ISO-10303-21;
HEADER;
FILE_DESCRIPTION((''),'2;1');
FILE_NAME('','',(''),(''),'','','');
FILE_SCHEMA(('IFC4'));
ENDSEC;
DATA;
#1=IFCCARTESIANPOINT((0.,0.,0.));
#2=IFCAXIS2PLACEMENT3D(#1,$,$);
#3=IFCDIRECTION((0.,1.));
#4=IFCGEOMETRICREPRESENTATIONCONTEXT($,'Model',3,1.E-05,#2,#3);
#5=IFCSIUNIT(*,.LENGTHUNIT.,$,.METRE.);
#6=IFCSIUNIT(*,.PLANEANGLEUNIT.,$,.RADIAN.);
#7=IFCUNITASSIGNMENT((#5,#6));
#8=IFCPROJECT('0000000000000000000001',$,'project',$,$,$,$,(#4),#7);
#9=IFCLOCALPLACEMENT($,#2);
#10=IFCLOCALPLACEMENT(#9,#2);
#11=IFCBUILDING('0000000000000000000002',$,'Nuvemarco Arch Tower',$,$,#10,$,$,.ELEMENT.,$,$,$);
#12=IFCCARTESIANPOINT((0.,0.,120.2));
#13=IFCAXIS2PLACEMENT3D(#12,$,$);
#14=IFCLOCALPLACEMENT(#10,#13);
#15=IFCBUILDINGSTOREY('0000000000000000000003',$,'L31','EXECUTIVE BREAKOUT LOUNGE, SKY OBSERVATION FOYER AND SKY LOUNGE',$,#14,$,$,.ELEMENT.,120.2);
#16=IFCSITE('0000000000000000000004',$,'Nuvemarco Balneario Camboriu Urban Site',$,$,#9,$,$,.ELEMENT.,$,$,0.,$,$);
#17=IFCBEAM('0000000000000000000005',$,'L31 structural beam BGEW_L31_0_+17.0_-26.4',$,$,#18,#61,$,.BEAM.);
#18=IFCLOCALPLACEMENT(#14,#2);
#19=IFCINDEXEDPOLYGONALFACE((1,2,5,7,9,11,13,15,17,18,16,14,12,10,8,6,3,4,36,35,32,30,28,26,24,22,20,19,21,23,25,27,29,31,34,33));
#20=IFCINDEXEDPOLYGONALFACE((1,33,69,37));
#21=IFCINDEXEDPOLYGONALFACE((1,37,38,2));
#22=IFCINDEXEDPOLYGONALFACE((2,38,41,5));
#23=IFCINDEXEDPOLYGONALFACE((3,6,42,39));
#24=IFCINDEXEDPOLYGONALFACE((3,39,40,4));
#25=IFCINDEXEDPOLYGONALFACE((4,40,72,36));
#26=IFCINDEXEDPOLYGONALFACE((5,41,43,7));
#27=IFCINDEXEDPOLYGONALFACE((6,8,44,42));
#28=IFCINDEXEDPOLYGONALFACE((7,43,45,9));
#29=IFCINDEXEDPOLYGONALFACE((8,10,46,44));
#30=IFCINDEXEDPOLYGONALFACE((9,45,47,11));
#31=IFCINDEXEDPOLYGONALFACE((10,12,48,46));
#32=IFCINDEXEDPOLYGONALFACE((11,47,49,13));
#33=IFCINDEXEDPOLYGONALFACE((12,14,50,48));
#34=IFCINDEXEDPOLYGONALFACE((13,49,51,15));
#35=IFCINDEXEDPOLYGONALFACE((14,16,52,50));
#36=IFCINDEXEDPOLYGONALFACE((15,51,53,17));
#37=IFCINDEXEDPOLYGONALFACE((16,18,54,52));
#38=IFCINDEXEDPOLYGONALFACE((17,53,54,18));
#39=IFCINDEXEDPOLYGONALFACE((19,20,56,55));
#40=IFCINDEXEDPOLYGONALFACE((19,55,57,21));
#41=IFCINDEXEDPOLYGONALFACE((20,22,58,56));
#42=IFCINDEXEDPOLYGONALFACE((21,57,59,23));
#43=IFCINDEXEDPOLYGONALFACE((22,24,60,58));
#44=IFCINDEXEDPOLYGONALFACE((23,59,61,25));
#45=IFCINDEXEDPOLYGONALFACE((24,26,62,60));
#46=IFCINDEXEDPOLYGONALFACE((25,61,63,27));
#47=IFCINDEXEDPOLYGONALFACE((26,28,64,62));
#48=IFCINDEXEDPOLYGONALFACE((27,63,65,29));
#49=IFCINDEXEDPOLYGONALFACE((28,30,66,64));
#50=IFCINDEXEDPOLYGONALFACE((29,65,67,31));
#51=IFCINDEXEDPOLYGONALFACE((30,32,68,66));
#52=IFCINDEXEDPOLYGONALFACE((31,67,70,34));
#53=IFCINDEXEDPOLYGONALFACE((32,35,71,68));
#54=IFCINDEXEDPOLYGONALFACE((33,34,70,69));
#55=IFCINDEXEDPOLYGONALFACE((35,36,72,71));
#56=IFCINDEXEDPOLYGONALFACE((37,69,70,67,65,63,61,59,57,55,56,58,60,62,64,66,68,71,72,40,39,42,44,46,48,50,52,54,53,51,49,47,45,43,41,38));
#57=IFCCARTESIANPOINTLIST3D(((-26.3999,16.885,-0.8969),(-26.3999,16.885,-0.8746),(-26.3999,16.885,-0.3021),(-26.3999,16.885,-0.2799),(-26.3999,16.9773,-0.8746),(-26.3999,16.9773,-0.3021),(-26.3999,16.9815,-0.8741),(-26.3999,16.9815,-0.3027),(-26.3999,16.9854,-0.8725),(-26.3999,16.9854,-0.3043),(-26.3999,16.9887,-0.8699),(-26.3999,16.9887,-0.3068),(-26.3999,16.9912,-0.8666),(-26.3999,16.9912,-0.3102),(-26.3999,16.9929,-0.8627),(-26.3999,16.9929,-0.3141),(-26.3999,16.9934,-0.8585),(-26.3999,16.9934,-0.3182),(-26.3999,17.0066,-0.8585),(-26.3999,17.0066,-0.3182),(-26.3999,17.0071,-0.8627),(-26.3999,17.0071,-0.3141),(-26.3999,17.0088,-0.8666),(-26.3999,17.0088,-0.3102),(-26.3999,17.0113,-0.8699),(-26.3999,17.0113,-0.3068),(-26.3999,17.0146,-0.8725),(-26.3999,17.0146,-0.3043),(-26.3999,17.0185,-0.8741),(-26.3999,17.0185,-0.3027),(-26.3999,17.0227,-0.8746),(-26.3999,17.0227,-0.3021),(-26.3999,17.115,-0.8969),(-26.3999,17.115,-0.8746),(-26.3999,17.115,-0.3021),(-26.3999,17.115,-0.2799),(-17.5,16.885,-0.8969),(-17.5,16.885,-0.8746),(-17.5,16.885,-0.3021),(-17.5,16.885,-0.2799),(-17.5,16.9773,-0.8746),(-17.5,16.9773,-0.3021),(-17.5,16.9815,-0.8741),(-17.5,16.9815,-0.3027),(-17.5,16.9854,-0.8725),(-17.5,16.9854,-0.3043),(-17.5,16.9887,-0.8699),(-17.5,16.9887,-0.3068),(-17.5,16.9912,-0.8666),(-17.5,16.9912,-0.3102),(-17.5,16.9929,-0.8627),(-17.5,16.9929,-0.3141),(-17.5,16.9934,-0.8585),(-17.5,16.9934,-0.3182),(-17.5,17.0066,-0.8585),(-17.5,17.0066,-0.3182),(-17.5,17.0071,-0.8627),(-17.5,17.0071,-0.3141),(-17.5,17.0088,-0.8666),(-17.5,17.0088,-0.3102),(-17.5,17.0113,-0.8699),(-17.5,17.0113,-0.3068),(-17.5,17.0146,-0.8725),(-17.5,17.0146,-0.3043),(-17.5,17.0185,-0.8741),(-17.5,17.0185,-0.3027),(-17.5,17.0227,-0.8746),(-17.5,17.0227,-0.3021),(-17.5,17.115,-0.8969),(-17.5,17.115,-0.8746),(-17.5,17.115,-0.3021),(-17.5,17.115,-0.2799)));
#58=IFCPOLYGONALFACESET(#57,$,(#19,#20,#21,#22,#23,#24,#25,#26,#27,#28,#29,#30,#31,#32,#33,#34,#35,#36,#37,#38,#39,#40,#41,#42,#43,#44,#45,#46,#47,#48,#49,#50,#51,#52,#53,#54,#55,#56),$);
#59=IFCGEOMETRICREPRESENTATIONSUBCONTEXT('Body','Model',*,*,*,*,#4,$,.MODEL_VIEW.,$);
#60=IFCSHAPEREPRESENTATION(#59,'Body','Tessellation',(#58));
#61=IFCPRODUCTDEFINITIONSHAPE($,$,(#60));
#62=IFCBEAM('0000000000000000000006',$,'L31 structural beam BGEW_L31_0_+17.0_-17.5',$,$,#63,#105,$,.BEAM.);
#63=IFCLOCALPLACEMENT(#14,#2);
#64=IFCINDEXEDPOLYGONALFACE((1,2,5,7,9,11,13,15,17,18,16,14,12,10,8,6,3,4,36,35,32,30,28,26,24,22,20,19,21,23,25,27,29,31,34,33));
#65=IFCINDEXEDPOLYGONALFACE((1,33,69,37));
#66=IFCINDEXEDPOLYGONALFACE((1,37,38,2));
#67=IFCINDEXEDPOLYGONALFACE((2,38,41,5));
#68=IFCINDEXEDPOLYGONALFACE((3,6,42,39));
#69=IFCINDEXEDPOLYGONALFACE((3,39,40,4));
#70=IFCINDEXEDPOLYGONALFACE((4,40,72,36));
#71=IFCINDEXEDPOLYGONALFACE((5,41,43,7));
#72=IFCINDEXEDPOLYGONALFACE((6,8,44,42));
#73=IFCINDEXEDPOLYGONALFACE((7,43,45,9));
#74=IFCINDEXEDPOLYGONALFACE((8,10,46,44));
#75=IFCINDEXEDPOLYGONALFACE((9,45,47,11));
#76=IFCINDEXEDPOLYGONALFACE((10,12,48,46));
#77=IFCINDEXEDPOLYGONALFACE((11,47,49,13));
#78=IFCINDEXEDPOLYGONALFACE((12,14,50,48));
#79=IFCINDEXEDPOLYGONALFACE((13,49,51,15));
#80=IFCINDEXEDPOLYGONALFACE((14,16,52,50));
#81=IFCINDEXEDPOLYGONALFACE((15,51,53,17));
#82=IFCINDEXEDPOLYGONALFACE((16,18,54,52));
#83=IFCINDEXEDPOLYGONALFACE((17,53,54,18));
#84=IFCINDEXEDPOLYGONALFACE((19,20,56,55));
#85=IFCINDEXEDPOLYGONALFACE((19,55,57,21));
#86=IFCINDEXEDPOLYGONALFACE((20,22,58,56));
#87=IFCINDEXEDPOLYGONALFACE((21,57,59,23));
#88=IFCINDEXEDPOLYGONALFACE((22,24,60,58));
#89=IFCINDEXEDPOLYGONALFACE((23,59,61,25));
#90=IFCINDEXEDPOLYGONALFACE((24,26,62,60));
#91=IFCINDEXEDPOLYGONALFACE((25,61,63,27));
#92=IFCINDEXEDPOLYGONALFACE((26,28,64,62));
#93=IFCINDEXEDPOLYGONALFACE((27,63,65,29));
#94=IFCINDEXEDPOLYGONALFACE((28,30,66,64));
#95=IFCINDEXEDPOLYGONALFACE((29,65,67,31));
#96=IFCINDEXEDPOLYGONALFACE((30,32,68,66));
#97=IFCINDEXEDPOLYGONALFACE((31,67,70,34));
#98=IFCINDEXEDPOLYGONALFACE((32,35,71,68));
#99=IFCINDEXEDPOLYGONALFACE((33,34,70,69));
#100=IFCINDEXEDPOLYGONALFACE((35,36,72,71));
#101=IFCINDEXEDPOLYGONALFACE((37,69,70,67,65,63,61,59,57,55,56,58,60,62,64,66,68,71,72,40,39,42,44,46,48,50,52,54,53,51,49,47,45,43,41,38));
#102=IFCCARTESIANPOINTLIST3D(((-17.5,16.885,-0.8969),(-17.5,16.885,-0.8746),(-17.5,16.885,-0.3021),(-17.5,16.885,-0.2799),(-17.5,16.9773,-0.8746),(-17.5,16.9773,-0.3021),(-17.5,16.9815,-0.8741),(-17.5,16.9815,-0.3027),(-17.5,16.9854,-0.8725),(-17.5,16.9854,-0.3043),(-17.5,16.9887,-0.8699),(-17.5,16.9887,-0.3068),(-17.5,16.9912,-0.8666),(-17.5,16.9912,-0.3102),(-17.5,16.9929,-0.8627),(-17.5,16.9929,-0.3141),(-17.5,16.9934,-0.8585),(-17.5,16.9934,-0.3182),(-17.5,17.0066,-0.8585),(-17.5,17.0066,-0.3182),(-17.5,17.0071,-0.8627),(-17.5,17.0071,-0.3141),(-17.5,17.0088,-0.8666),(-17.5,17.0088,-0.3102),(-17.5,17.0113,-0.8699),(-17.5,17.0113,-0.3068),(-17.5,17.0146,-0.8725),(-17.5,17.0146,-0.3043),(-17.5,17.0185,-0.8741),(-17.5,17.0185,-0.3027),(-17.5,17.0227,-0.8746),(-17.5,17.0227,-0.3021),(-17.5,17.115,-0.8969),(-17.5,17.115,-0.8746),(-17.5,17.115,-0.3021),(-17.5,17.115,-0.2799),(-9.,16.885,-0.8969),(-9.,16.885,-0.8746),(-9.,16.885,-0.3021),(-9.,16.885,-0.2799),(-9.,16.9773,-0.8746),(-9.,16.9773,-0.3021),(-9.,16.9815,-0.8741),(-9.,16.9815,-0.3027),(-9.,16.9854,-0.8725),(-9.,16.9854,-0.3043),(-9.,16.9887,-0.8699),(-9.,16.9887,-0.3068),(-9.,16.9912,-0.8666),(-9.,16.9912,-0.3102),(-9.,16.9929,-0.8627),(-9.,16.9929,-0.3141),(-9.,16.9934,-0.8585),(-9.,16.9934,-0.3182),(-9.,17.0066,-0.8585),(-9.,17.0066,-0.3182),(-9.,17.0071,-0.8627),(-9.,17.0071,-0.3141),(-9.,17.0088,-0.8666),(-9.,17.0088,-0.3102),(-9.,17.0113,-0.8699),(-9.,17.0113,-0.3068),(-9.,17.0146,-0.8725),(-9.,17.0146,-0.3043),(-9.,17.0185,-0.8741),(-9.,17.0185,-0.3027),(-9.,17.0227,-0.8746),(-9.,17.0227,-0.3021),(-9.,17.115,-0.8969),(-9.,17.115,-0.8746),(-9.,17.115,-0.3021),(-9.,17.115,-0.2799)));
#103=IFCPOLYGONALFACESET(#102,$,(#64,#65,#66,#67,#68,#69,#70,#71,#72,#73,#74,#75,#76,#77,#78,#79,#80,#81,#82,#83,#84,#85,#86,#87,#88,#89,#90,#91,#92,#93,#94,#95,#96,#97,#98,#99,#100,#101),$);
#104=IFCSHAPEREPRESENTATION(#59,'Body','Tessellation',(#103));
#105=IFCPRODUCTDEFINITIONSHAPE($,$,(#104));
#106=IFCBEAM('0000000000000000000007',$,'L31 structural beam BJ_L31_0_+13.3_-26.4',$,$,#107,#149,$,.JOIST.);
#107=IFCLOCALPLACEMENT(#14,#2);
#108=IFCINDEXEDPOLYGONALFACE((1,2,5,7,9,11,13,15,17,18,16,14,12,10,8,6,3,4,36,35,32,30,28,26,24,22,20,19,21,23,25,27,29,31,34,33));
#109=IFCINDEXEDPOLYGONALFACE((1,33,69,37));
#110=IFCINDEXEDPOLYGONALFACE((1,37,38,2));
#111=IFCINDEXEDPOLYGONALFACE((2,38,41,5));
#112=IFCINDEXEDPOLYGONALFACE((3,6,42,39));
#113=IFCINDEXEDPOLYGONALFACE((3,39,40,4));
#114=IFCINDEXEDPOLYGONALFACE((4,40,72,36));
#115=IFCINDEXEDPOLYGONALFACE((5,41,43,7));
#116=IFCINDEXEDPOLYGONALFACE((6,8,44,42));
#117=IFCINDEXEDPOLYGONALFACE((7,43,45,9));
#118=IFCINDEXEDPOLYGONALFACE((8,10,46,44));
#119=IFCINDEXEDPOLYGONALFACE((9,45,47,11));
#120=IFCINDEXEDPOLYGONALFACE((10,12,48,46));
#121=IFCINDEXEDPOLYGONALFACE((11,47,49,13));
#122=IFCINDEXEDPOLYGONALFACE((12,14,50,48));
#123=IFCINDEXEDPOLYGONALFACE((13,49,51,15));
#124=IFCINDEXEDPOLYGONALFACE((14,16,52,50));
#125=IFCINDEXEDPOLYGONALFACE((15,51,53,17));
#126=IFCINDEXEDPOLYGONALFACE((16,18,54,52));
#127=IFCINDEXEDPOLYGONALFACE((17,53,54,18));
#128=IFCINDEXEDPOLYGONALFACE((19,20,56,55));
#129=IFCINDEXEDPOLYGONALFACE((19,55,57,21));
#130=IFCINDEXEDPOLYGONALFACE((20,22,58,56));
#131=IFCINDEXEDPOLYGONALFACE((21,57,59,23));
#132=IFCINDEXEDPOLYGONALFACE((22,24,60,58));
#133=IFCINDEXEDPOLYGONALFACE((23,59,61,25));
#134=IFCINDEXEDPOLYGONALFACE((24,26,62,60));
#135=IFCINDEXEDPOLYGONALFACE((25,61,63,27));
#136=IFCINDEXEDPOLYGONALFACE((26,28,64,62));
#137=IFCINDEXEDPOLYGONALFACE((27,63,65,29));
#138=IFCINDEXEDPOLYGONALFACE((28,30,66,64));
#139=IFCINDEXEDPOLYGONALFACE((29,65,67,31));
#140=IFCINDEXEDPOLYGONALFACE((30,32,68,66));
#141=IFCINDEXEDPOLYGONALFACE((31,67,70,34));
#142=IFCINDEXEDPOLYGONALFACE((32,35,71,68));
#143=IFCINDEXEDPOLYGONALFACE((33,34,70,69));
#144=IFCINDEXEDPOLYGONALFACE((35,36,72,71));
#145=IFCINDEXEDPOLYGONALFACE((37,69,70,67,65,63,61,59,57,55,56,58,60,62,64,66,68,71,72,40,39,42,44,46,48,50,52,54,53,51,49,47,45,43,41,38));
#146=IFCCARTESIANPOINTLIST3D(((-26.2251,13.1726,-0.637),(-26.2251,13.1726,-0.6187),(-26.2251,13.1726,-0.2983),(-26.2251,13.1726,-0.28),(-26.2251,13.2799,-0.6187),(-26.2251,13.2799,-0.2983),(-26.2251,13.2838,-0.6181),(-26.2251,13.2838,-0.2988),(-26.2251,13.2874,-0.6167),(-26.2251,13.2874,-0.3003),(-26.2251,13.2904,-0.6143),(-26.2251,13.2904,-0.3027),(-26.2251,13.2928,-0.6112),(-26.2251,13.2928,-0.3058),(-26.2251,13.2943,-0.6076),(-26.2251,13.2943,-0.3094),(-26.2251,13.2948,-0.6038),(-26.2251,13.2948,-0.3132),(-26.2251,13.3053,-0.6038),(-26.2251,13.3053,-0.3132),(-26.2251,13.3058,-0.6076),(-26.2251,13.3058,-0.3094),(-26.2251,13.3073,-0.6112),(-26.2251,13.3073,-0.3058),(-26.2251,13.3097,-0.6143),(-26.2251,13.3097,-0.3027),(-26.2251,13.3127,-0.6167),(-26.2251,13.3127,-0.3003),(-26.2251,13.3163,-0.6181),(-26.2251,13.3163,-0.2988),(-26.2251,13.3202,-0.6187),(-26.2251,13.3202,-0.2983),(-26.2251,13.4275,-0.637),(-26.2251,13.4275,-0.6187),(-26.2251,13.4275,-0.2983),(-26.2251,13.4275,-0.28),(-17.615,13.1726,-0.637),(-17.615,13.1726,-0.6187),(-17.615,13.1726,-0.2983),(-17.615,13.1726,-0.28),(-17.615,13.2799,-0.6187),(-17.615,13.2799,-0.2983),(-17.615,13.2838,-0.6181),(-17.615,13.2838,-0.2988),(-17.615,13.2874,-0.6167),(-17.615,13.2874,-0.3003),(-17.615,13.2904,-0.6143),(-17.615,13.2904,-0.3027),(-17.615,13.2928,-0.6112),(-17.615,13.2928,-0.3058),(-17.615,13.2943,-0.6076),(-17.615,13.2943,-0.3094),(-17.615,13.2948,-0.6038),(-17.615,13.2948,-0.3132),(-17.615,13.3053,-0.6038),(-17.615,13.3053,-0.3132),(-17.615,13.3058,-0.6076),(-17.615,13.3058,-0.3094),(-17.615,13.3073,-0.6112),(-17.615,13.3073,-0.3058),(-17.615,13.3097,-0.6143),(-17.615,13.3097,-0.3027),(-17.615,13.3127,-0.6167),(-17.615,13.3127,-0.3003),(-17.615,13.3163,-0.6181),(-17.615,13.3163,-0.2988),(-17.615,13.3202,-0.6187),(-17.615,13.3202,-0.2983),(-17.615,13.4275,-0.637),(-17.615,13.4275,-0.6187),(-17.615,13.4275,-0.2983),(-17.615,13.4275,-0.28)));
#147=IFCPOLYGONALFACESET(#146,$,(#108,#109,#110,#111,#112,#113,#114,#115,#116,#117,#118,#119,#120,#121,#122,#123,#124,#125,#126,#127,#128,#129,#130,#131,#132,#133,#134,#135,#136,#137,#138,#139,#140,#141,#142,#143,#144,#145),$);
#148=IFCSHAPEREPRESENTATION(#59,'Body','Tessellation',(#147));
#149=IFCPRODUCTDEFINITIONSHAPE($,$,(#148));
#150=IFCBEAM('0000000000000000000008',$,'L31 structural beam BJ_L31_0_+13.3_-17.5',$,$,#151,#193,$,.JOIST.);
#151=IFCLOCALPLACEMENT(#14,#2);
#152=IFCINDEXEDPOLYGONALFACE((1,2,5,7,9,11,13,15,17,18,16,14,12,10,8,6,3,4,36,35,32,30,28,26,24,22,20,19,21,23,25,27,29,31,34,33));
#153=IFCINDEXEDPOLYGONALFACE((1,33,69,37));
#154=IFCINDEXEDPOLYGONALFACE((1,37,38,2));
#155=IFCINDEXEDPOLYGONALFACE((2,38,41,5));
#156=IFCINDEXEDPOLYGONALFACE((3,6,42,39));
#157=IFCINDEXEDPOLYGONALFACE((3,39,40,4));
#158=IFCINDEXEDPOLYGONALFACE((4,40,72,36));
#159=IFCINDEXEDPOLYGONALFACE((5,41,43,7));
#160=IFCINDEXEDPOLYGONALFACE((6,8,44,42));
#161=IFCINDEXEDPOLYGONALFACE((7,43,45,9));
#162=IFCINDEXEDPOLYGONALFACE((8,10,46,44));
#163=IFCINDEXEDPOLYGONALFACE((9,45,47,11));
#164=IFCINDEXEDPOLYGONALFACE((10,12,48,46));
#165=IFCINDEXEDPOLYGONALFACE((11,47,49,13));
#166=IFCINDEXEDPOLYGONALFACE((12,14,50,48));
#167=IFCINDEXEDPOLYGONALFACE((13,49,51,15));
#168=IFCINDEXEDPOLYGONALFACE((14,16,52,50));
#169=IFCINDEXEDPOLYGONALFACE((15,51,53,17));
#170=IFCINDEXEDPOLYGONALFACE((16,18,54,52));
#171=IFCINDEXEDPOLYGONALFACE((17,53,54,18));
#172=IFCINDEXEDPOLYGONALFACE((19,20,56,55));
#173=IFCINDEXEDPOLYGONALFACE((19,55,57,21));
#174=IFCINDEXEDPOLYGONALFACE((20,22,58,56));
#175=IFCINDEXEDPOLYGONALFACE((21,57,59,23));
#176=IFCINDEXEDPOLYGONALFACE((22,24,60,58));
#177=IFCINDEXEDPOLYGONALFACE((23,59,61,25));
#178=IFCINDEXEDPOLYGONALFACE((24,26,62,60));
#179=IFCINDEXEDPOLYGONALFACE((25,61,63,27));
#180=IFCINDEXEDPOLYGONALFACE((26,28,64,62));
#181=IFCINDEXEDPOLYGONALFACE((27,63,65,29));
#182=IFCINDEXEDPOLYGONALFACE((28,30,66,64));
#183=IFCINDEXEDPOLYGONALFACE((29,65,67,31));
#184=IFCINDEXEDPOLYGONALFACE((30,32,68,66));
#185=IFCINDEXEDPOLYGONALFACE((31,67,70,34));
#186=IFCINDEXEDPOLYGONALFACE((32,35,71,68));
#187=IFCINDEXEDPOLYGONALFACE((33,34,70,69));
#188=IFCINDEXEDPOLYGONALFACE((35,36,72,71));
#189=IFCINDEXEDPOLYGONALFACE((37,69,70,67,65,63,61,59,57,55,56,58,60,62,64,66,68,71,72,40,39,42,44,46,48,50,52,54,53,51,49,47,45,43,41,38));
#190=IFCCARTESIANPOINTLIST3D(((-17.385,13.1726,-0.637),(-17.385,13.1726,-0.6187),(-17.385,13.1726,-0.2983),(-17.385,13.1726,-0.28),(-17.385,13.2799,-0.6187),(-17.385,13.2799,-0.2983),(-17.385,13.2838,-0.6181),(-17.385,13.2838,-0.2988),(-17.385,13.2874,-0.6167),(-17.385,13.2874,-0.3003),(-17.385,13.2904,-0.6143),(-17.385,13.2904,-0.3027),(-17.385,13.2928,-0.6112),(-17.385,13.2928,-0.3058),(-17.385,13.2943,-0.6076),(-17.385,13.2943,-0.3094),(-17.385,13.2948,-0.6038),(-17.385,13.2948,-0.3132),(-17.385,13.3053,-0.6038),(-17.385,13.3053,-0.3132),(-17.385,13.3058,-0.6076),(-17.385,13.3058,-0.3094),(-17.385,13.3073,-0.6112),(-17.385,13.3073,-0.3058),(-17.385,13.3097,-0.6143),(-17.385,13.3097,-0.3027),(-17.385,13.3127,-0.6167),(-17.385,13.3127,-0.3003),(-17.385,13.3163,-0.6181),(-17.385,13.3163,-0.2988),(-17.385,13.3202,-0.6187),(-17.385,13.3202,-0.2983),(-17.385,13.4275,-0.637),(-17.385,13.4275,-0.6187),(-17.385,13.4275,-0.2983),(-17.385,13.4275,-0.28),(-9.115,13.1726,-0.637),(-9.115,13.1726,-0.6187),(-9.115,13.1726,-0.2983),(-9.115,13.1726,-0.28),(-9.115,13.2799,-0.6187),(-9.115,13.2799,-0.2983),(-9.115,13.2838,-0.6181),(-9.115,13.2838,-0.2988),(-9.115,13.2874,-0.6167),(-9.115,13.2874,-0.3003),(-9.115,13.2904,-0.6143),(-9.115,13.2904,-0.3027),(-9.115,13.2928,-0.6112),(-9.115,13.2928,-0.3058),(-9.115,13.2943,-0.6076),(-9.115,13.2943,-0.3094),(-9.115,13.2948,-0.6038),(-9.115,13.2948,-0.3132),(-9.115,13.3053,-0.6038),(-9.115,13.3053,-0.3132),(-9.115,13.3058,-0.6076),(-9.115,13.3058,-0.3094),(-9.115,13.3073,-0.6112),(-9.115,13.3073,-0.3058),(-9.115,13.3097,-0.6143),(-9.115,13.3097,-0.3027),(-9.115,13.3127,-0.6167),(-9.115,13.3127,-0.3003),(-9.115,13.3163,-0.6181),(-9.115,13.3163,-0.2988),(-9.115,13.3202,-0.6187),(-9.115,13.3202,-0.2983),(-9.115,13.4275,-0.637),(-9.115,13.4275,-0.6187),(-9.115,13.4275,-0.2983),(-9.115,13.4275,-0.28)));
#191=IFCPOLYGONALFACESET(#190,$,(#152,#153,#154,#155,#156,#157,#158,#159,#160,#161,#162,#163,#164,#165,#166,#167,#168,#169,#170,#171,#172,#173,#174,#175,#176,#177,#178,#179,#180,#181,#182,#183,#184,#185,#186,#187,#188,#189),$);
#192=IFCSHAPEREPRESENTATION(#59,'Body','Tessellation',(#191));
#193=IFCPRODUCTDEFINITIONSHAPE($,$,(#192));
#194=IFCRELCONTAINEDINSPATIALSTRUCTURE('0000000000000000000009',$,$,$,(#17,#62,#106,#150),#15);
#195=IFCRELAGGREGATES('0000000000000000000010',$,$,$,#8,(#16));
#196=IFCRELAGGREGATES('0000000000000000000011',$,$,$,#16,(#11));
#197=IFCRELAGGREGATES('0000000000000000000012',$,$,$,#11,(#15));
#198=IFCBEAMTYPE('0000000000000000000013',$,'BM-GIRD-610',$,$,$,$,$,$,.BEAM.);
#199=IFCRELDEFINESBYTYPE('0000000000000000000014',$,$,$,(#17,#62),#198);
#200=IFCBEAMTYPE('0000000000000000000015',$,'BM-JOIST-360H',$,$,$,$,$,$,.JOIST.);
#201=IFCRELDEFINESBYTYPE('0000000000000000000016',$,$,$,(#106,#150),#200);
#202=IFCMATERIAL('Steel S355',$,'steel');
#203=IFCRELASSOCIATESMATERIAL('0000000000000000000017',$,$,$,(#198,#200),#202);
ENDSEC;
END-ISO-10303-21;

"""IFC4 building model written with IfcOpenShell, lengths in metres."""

from ifc_helpers import new_model, si_unit, direction, frame, origin, origin_2d, place, context, subcontext, project, spatial, i_section, extrude, material, material_profile, profile_set, type_object, element, save


model = new_model("IFC4")

# Units and contexts
model_context = context("Model", 3, precision=1e-05, world=origin(), true_north=direction((0.0, 1.0)))
body_context = subcontext(model_context, "Body", "Model", "MODEL_VIEW")
ifc_project = project(units=[si_unit("LENGTHUNIT", "METRE"), si_unit("PLANEANGLEUNIT", "RADIAN")], contexts=[model_context])

# Site, building, storey
site_placement = place(None, origin())
site = spatial("IfcSite", under=ifc_project, at=site_placement, Name="Nuvemarco Balneario Camboriu Urban Site", CompositionType="ELEMENT", RefElevation=0.0)
building_placement = place(site_placement, origin())
building = spatial("IfcBuilding", under=site, at=building_placement, Name="Nuvemarco Arch Tower", CompositionType="ELEMENT")
storey_placement = place(building_placement, frame((0.0, 0.0, 120.2)))
storey = spatial("IfcBuildingStorey", under=building, at=storey_placement, Name="L31", Description="EXECUTIVE BREAKOUT LOUNGE, SKY OBSERVATION FOYER AND SKY LOUNGE", CompositionType="ELEMENT", Elevation=120.2)

# Shared definitions
ifc_material_1 = material(Name="Steel S355", Category="steel")

# Beams
ifc_material_profile_1 = material_profile(ifc_material_1, i_section(OverallWidth=0.23, OverallDepth=0.6169, WebThickness=0.0132, FlangeThickness=0.0222, FilletRadius=0.0161, at=origin_2d()), Name="W610x140")
ifc_profile_set_1 = profile_set([ifc_material_profile_1], Name="Steel S355")
beam_type_1 = type_object("IfcBeamType", Name="BM-GIRD-610", PredefinedType="BEAM", material=ifc_profile_set_1)
beam_1_placement = place(storey_placement, frame((-26.3999, 17.0, -0.5884), z_axis=(1.0, 0.0, 0.0), x_axis=(0.0, 1.0, 0.0)))
element("IfcBeam", 1, at=beam_1_placement, inside=storey, type_object=beam_type_1, Name="L31 structural beam BGEW_L31_0_+17.0_-26.4", PredefinedType="BEAM", context=body_context, shape_type="SweptSolid", body=[
    extrude(i_section(OverallWidth=0.23, OverallDepth=0.6169, WebThickness=0.0132, FlangeThickness=0.0222, FilletRadius=0.0161, at=origin_2d()), origin(), (0.0, 0.0, 1.0), 8.8999),
])
beam_2_placement = place(storey_placement, frame((-17.5, 17.0, -0.5884), z_axis=(1.0, 0.0, 0.0), x_axis=(0.0, 1.0, 0.0)))
element("IfcBeam", 2, at=beam_2_placement, inside=storey, type_object=beam_type_1, Name="L31 structural beam BGEW_L31_0_+17.0_-17.5", PredefinedType="BEAM", context=body_context, shape_type="SweptSolid", body=[
    extrude(i_section(OverallWidth=0.23, OverallDepth=0.6169, WebThickness=0.0132, FlangeThickness=0.0222, FilletRadius=0.0161, at=origin_2d()), origin(), (0.0, 0.0, 1.0), 8.5),
])
ifc_material_profile_2 = material_profile(ifc_material_1, i_section(OverallWidth=0.2549, OverallDepth=0.3569, WebThickness=0.0105, FlangeThickness=0.0183, FilletRadius=0.0149, at=origin_2d()), Name="W360x101")
ifc_profile_set_2 = profile_set([ifc_material_profile_2], Name="Steel S355")
beam_type_2 = type_object("IfcBeamType", Name="BM-JOIST-360H", PredefinedType="JOIST", material=ifc_profile_set_2)
beam_3_placement = place(storey_placement, frame((-26.2251, 13.3, -0.4585), z_axis=(1.0, 0.0, 0.0), x_axis=(0.0, 1.0, 0.0)))
element("IfcBeam", 3, at=beam_3_placement, inside=storey, type_object=beam_type_2, Name="L31 structural beam BJ_L31_0_+13.3_-26.4", PredefinedType="JOIST", context=body_context, shape_type="SweptSolid", body=[
    extrude(i_section(OverallWidth=0.2549, OverallDepth=0.3569, WebThickness=0.0105, FlangeThickness=0.0183, FilletRadius=0.0149, at=origin_2d()), origin(), (0.0, 0.0, 1.0), 8.6101),
])
beam_4_placement = place(storey_placement, frame((-17.385, 13.3, -0.4585), z_axis=(1.0, 0.0, 0.0), x_axis=(0.0, 1.0, 0.0)))
element("IfcBeam", 4, at=beam_4_placement, inside=storey, type_object=beam_type_2, Name="L31 structural beam BJ_L31_0_+13.3_-17.5", PredefinedType="JOIST", context=body_context, shape_type="SweptSolid", body=[
    extrude(i_section(OverallWidth=0.2549, OverallDepth=0.3569, WebThickness=0.0105, FlangeThickness=0.0183, FilletRadius=0.0149, at=origin_2d()), origin(), (0.0, 0.0, 1.0), 8.27),
])

save(model, "model.ifc")
